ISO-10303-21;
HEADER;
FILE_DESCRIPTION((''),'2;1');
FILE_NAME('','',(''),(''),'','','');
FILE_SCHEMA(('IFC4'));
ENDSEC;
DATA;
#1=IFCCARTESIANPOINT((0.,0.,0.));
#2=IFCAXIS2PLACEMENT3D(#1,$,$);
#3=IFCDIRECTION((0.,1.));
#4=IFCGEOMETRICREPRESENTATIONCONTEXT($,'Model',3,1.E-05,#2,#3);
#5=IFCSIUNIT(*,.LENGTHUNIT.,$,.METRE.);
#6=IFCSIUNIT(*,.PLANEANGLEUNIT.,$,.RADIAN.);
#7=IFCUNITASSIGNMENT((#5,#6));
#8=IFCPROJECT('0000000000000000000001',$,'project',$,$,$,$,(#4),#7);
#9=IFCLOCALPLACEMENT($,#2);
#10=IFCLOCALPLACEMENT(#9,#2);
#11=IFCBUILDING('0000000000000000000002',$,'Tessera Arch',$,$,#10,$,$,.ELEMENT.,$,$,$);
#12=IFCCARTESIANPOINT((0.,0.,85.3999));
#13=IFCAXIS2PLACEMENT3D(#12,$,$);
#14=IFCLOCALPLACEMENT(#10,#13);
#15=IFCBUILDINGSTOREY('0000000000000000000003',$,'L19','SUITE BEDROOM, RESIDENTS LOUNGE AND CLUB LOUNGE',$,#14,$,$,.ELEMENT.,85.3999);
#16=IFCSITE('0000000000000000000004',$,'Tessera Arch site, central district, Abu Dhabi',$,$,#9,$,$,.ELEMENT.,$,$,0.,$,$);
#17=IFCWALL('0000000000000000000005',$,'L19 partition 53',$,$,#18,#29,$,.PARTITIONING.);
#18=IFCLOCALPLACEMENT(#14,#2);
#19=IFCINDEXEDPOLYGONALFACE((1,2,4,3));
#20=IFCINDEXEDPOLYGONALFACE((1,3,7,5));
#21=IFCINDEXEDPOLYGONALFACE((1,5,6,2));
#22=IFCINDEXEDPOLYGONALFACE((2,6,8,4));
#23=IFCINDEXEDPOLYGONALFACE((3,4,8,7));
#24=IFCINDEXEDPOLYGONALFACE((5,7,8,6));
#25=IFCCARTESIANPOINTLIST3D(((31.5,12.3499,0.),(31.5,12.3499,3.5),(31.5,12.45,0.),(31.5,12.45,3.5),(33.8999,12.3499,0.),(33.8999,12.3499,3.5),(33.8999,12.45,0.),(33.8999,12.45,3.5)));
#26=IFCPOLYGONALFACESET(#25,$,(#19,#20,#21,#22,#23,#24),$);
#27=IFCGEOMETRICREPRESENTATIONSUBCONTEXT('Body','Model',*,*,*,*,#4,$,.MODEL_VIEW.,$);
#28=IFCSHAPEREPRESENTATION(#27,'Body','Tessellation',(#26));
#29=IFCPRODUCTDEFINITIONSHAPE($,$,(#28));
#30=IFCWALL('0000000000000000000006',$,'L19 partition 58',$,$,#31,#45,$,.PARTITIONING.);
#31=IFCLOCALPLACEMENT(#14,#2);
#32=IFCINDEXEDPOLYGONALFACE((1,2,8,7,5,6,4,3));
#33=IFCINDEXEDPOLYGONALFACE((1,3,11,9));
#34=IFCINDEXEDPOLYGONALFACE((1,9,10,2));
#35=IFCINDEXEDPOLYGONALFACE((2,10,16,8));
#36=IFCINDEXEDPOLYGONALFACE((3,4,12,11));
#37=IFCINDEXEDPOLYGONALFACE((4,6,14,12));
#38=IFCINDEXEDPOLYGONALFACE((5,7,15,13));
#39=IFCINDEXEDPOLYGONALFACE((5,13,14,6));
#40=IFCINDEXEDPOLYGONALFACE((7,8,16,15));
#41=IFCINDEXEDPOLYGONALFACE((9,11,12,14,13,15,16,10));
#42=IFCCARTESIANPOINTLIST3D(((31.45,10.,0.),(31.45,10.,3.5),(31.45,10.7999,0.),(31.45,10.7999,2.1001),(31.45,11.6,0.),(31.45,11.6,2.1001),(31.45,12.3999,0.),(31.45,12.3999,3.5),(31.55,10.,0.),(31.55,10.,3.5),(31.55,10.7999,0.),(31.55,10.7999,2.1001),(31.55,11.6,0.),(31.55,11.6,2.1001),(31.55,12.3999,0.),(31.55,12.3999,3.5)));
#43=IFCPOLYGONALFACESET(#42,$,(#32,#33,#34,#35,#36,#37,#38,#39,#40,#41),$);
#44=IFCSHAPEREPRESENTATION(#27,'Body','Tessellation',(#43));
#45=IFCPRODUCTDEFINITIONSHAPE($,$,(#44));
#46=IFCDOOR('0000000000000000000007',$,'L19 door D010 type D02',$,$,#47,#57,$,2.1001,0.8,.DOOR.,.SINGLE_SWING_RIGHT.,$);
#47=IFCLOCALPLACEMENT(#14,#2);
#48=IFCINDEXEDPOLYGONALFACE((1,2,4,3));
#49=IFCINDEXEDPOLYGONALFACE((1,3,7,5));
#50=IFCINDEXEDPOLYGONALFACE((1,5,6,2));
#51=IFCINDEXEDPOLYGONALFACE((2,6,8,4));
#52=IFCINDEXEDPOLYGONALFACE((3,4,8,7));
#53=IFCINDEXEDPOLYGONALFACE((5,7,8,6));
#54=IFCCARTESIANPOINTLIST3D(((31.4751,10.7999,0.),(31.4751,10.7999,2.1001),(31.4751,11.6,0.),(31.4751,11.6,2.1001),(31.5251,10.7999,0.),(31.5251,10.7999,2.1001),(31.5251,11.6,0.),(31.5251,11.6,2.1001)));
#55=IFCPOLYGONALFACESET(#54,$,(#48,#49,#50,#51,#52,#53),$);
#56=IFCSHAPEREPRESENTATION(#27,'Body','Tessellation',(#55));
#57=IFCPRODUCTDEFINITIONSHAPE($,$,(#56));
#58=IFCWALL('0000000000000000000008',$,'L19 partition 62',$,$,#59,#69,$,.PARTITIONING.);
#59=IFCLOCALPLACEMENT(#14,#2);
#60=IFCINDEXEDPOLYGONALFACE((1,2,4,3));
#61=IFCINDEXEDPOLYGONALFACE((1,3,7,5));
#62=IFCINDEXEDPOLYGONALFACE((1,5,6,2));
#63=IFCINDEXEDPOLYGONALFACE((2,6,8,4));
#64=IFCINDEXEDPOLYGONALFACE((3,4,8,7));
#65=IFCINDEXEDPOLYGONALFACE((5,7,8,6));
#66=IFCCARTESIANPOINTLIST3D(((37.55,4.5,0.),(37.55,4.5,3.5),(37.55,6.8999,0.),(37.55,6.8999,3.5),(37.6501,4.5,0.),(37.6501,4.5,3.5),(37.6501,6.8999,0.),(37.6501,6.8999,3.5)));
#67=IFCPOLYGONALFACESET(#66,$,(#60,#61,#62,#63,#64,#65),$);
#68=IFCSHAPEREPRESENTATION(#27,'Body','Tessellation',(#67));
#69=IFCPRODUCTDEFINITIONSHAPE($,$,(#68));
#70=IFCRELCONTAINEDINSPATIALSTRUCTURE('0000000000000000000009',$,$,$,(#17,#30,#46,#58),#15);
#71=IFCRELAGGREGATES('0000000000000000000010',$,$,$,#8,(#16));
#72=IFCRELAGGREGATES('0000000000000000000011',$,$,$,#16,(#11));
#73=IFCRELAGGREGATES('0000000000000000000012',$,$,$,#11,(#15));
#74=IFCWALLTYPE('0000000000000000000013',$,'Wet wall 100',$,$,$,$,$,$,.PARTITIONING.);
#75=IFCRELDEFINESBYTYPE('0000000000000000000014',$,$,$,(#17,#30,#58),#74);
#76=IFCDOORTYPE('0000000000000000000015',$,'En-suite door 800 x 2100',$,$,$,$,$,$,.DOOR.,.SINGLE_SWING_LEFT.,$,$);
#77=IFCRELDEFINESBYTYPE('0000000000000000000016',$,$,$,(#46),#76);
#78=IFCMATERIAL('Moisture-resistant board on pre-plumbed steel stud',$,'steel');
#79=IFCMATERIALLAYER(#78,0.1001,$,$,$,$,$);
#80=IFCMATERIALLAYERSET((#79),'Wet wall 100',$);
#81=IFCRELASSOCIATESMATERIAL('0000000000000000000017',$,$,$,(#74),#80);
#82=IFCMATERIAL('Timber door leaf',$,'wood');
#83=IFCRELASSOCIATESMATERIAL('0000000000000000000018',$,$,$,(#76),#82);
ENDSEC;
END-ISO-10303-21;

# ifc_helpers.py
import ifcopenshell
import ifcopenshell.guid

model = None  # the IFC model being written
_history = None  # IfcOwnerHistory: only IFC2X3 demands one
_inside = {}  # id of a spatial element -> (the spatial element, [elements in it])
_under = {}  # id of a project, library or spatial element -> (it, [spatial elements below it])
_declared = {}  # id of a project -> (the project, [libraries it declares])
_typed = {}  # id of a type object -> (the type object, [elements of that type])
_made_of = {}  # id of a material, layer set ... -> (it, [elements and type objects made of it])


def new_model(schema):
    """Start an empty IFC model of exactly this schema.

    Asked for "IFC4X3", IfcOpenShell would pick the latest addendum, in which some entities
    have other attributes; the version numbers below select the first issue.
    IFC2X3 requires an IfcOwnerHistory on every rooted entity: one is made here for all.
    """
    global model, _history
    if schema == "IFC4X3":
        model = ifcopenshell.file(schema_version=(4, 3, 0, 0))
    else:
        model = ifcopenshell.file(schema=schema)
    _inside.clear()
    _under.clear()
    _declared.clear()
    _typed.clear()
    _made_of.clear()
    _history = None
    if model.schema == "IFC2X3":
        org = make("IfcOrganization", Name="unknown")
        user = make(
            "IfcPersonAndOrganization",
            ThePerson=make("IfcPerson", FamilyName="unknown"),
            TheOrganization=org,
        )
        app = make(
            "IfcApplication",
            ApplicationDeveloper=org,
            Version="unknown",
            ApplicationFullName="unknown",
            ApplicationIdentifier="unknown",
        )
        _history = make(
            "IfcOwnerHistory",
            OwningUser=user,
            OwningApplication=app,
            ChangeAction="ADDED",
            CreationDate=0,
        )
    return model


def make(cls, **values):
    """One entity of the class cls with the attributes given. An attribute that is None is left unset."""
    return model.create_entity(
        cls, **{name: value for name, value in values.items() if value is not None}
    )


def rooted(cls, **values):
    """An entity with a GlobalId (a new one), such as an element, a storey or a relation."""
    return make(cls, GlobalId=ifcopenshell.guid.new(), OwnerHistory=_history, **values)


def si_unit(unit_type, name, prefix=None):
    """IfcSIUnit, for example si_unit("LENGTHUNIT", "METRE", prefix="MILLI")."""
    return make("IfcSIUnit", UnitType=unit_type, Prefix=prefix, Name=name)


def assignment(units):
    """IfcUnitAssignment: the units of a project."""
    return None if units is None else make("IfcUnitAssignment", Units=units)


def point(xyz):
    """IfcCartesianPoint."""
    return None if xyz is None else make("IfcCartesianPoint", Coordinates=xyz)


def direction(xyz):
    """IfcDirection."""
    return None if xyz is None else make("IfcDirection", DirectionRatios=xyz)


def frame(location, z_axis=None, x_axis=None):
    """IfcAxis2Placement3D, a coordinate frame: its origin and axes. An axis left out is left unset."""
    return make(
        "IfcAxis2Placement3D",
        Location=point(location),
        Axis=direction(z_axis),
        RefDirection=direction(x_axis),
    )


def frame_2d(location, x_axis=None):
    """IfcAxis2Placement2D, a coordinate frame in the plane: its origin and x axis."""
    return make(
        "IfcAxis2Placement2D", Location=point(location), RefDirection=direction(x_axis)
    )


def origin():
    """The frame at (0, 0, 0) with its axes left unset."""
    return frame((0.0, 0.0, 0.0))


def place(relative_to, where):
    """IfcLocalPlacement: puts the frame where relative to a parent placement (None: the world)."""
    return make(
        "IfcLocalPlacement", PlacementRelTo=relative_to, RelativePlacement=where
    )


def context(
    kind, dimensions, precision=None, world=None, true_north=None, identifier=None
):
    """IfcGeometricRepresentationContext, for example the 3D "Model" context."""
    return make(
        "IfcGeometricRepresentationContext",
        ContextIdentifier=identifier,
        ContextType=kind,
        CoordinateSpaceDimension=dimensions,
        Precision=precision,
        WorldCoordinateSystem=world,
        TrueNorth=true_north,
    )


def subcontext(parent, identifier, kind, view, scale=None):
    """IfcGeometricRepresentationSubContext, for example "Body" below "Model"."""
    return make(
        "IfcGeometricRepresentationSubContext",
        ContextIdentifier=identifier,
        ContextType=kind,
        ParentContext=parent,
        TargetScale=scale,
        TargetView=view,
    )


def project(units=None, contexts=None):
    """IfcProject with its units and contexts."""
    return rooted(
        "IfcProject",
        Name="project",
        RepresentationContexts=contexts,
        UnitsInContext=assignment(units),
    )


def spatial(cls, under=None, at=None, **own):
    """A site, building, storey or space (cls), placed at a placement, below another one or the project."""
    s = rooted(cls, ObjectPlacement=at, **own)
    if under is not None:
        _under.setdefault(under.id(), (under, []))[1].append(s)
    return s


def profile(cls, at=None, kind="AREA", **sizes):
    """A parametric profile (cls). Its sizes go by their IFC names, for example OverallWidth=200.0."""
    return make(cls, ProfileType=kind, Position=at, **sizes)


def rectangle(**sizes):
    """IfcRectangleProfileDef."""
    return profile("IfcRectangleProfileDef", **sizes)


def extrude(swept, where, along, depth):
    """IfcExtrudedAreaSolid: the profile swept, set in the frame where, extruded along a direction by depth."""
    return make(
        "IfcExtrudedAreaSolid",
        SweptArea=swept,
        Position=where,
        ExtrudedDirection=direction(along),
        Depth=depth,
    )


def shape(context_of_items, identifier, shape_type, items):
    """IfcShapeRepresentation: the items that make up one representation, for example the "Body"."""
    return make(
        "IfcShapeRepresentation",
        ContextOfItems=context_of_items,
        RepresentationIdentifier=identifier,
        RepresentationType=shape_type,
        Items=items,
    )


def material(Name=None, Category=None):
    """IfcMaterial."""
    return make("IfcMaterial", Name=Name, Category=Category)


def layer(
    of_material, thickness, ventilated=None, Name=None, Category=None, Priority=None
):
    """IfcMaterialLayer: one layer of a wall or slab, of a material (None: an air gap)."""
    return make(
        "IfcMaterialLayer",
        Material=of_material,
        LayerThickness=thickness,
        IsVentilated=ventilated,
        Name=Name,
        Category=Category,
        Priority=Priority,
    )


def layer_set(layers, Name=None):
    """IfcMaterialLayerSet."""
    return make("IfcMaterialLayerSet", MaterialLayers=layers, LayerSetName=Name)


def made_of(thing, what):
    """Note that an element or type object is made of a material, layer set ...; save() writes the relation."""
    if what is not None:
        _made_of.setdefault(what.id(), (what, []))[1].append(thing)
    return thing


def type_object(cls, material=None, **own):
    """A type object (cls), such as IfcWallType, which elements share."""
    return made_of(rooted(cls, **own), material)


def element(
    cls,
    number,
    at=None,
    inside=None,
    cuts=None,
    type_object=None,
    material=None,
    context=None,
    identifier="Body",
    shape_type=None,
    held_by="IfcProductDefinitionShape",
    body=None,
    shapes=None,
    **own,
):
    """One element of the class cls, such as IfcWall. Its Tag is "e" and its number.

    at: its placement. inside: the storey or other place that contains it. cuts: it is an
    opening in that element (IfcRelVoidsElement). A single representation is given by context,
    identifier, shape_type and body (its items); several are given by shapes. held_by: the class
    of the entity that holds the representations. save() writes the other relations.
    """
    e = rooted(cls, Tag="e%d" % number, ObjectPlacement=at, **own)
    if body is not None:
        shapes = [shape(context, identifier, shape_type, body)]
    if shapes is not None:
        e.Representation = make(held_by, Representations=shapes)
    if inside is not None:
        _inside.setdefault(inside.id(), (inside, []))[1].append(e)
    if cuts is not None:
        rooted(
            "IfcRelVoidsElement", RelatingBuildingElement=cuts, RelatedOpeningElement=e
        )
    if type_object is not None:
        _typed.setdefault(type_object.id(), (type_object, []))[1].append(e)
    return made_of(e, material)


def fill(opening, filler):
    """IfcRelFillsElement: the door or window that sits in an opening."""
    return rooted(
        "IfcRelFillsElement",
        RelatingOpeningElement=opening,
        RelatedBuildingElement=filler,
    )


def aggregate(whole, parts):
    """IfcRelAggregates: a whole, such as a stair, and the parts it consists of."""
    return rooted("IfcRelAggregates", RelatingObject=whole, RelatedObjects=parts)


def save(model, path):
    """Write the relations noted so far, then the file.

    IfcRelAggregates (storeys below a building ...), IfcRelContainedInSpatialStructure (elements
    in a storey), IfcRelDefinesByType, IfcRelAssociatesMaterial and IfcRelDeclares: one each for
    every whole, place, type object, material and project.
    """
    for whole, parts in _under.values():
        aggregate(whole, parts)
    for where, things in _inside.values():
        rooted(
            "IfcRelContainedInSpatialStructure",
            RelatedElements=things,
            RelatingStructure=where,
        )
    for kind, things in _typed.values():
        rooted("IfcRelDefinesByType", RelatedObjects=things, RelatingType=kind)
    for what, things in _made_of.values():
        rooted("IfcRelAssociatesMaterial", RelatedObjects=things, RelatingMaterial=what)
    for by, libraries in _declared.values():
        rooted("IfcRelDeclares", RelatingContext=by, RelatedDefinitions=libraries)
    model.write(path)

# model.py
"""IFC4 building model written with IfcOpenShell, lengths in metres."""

from ifc_helpers import new_model, si_unit, direction, frame, frame_2d, origin, place, context, subcontext, project, spatial, rectangle, extrude, material, layer, layer_set, type_object, element, fill, save


model = new_model("IFC4")

# Units and contexts
model_context = context("Model", 3, precision=1e-05, world=origin(), true_north=direction((0.0, 1.0)))
body_context = subcontext(model_context, "Body", "Model", "MODEL_VIEW")
ifc_project = project(units=[si_unit("LENGTHUNIT", "METRE"), si_unit("PLANEANGLEUNIT", "RADIAN")], contexts=[model_context])

# Site, building, storey
site_placement = place(None, origin())
site = spatial("IfcSite", under=ifc_project, at=site_placement, Name="Tessera Arch site, central district, Abu Dhabi", CompositionType="ELEMENT", RefElevation=0.0)
building_placement = place(site_placement, origin())
building = spatial("IfcBuilding", under=site, at=building_placement, Name="Tessera Arch", CompositionType="ELEMENT")
storey_placement = place(building_placement, frame((0.0, 0.0, 85.3999)))
storey = spatial("IfcBuildingStorey", under=building, at=storey_placement, Name="L19", Description="SUITE BEDROOM, RESIDENTS LOUNGE AND CLUB LOUNGE", CompositionType="ELEMENT", Elevation=85.3999)

# Shared definitions
ifc_material_1 = material(Name="Moisture-resistant board on pre-plumbed steel stud", Category="steel")
ifc_layer_1 = layer(ifc_material_1, 0.1001)
ifc_layer_set_1 = layer_set([ifc_layer_1], Name="Wet wall 100")
wall_type_1 = type_object("IfcWallType", Name="Wet wall 100", PredefinedType="PARTITIONING", material=ifc_layer_set_1)
ifc_material_2 = material(Name="Timber door leaf", Category="wood")
door_type_1 = type_object("IfcDoorType", Name="En-suite door 800 x 2100", OperationType="SINGLE_SWING_LEFT", PredefinedType="DOOR", material=ifc_material_2)

# Wall
wall_1_placement = place(storey_placement, frame((31.5, 12.3999, 0.0), z_axis=(0.0, 0.0, 1.0), x_axis=(1.0, 0.0, 0.0)))
element("IfcWall", 1, at=wall_1_placement, inside=storey, type_object=wall_type_1, Name="L19 partition 53", PredefinedType="PARTITIONING", context=body_context, shape_type="SweptSolid", body=[
    extrude(rectangle(XDim=2.3999, YDim=0.1001, at=frame_2d((1.2, 0.0))), origin(), (0.0, 0.0, 1.0), 3.5),
])

# Wall, opening, door
wall_2_placement = place(storey_placement, frame((31.5, 10.0, 0.0), z_axis=(0.0, 0.0, 1.0), x_axis=(0.0, 1.0, 0.0)))
wall_2 = element("IfcWall", 2, at=wall_2_placement, inside=storey, type_object=wall_type_1, Name="L19 partition 58", PredefinedType="PARTITIONING", context=body_context, shape_type="SweptSolid", body=[
    extrude(rectangle(XDim=2.3999, YDim=0.1001, at=frame_2d((1.2, 0.0))), origin(), (0.0, 0.0, 1.0), 3.5),
])
opening_1_placement = place(wall_2_placement, frame((0.8, 0.0, 0.0)))
opening_1 = element("IfcOpeningElement", 3, at=opening_1_placement, cuts=wall_2, PredefinedType="OPENING", context=body_context, shape_type="SweptSolid", body=[
    extrude(rectangle(XDim=0.8, YDim=2.1001, at=frame_2d((0.3999, 1.05))), frame((0.0, 0.0601, 0.0), z_axis=(0.0, -1.0, 0.0), x_axis=(1.0, 0.0, 0.0)), (0.0, 0.0, 1.0), 0.1201),
])
door_1_placement = place(opening_1_placement, origin())
door_1 = element("IfcDoor", 4, at=door_1_placement, inside=storey, type_object=door_type_1, Name="L19 door D010 type D02", OperationType="SINGLE_SWING_RIGHT", OverallHeight=2.1001, OverallWidth=0.8, PredefinedType="DOOR", context=body_context, shape_type="SweptSolid", body=[
    extrude(rectangle(XDim=0.8, YDim=2.1001, at=frame_2d((0.3999, 1.05))), frame((0.0, 0.0249, 0.0), z_axis=(0.0, -1.0, 0.0), x_axis=(1.0, 0.0, 0.0)), (0.0, 0.0, 1.0), 0.05),
])
fill(opening_1, door_1)

# Wall
wall_3_placement = place(storey_placement, frame((37.6001, 4.5, 0.0), z_axis=(0.0, 0.0, 1.0), x_axis=(0.0, 1.0, 0.0)))
element("IfcWall", 5, at=wall_3_placement, inside=storey, type_object=wall_type_1, Name="L19 partition 62", PredefinedType="PARTITIONING", context=body_context, shape_type="SweptSolid", body=[
    extrude(rectangle(XDim=2.3999, YDim=0.1001, at=frame_2d((1.2, 0.0))), origin(), (0.0, 0.0, 1.0), 3.5),
])

save(model, "model.ifc")
